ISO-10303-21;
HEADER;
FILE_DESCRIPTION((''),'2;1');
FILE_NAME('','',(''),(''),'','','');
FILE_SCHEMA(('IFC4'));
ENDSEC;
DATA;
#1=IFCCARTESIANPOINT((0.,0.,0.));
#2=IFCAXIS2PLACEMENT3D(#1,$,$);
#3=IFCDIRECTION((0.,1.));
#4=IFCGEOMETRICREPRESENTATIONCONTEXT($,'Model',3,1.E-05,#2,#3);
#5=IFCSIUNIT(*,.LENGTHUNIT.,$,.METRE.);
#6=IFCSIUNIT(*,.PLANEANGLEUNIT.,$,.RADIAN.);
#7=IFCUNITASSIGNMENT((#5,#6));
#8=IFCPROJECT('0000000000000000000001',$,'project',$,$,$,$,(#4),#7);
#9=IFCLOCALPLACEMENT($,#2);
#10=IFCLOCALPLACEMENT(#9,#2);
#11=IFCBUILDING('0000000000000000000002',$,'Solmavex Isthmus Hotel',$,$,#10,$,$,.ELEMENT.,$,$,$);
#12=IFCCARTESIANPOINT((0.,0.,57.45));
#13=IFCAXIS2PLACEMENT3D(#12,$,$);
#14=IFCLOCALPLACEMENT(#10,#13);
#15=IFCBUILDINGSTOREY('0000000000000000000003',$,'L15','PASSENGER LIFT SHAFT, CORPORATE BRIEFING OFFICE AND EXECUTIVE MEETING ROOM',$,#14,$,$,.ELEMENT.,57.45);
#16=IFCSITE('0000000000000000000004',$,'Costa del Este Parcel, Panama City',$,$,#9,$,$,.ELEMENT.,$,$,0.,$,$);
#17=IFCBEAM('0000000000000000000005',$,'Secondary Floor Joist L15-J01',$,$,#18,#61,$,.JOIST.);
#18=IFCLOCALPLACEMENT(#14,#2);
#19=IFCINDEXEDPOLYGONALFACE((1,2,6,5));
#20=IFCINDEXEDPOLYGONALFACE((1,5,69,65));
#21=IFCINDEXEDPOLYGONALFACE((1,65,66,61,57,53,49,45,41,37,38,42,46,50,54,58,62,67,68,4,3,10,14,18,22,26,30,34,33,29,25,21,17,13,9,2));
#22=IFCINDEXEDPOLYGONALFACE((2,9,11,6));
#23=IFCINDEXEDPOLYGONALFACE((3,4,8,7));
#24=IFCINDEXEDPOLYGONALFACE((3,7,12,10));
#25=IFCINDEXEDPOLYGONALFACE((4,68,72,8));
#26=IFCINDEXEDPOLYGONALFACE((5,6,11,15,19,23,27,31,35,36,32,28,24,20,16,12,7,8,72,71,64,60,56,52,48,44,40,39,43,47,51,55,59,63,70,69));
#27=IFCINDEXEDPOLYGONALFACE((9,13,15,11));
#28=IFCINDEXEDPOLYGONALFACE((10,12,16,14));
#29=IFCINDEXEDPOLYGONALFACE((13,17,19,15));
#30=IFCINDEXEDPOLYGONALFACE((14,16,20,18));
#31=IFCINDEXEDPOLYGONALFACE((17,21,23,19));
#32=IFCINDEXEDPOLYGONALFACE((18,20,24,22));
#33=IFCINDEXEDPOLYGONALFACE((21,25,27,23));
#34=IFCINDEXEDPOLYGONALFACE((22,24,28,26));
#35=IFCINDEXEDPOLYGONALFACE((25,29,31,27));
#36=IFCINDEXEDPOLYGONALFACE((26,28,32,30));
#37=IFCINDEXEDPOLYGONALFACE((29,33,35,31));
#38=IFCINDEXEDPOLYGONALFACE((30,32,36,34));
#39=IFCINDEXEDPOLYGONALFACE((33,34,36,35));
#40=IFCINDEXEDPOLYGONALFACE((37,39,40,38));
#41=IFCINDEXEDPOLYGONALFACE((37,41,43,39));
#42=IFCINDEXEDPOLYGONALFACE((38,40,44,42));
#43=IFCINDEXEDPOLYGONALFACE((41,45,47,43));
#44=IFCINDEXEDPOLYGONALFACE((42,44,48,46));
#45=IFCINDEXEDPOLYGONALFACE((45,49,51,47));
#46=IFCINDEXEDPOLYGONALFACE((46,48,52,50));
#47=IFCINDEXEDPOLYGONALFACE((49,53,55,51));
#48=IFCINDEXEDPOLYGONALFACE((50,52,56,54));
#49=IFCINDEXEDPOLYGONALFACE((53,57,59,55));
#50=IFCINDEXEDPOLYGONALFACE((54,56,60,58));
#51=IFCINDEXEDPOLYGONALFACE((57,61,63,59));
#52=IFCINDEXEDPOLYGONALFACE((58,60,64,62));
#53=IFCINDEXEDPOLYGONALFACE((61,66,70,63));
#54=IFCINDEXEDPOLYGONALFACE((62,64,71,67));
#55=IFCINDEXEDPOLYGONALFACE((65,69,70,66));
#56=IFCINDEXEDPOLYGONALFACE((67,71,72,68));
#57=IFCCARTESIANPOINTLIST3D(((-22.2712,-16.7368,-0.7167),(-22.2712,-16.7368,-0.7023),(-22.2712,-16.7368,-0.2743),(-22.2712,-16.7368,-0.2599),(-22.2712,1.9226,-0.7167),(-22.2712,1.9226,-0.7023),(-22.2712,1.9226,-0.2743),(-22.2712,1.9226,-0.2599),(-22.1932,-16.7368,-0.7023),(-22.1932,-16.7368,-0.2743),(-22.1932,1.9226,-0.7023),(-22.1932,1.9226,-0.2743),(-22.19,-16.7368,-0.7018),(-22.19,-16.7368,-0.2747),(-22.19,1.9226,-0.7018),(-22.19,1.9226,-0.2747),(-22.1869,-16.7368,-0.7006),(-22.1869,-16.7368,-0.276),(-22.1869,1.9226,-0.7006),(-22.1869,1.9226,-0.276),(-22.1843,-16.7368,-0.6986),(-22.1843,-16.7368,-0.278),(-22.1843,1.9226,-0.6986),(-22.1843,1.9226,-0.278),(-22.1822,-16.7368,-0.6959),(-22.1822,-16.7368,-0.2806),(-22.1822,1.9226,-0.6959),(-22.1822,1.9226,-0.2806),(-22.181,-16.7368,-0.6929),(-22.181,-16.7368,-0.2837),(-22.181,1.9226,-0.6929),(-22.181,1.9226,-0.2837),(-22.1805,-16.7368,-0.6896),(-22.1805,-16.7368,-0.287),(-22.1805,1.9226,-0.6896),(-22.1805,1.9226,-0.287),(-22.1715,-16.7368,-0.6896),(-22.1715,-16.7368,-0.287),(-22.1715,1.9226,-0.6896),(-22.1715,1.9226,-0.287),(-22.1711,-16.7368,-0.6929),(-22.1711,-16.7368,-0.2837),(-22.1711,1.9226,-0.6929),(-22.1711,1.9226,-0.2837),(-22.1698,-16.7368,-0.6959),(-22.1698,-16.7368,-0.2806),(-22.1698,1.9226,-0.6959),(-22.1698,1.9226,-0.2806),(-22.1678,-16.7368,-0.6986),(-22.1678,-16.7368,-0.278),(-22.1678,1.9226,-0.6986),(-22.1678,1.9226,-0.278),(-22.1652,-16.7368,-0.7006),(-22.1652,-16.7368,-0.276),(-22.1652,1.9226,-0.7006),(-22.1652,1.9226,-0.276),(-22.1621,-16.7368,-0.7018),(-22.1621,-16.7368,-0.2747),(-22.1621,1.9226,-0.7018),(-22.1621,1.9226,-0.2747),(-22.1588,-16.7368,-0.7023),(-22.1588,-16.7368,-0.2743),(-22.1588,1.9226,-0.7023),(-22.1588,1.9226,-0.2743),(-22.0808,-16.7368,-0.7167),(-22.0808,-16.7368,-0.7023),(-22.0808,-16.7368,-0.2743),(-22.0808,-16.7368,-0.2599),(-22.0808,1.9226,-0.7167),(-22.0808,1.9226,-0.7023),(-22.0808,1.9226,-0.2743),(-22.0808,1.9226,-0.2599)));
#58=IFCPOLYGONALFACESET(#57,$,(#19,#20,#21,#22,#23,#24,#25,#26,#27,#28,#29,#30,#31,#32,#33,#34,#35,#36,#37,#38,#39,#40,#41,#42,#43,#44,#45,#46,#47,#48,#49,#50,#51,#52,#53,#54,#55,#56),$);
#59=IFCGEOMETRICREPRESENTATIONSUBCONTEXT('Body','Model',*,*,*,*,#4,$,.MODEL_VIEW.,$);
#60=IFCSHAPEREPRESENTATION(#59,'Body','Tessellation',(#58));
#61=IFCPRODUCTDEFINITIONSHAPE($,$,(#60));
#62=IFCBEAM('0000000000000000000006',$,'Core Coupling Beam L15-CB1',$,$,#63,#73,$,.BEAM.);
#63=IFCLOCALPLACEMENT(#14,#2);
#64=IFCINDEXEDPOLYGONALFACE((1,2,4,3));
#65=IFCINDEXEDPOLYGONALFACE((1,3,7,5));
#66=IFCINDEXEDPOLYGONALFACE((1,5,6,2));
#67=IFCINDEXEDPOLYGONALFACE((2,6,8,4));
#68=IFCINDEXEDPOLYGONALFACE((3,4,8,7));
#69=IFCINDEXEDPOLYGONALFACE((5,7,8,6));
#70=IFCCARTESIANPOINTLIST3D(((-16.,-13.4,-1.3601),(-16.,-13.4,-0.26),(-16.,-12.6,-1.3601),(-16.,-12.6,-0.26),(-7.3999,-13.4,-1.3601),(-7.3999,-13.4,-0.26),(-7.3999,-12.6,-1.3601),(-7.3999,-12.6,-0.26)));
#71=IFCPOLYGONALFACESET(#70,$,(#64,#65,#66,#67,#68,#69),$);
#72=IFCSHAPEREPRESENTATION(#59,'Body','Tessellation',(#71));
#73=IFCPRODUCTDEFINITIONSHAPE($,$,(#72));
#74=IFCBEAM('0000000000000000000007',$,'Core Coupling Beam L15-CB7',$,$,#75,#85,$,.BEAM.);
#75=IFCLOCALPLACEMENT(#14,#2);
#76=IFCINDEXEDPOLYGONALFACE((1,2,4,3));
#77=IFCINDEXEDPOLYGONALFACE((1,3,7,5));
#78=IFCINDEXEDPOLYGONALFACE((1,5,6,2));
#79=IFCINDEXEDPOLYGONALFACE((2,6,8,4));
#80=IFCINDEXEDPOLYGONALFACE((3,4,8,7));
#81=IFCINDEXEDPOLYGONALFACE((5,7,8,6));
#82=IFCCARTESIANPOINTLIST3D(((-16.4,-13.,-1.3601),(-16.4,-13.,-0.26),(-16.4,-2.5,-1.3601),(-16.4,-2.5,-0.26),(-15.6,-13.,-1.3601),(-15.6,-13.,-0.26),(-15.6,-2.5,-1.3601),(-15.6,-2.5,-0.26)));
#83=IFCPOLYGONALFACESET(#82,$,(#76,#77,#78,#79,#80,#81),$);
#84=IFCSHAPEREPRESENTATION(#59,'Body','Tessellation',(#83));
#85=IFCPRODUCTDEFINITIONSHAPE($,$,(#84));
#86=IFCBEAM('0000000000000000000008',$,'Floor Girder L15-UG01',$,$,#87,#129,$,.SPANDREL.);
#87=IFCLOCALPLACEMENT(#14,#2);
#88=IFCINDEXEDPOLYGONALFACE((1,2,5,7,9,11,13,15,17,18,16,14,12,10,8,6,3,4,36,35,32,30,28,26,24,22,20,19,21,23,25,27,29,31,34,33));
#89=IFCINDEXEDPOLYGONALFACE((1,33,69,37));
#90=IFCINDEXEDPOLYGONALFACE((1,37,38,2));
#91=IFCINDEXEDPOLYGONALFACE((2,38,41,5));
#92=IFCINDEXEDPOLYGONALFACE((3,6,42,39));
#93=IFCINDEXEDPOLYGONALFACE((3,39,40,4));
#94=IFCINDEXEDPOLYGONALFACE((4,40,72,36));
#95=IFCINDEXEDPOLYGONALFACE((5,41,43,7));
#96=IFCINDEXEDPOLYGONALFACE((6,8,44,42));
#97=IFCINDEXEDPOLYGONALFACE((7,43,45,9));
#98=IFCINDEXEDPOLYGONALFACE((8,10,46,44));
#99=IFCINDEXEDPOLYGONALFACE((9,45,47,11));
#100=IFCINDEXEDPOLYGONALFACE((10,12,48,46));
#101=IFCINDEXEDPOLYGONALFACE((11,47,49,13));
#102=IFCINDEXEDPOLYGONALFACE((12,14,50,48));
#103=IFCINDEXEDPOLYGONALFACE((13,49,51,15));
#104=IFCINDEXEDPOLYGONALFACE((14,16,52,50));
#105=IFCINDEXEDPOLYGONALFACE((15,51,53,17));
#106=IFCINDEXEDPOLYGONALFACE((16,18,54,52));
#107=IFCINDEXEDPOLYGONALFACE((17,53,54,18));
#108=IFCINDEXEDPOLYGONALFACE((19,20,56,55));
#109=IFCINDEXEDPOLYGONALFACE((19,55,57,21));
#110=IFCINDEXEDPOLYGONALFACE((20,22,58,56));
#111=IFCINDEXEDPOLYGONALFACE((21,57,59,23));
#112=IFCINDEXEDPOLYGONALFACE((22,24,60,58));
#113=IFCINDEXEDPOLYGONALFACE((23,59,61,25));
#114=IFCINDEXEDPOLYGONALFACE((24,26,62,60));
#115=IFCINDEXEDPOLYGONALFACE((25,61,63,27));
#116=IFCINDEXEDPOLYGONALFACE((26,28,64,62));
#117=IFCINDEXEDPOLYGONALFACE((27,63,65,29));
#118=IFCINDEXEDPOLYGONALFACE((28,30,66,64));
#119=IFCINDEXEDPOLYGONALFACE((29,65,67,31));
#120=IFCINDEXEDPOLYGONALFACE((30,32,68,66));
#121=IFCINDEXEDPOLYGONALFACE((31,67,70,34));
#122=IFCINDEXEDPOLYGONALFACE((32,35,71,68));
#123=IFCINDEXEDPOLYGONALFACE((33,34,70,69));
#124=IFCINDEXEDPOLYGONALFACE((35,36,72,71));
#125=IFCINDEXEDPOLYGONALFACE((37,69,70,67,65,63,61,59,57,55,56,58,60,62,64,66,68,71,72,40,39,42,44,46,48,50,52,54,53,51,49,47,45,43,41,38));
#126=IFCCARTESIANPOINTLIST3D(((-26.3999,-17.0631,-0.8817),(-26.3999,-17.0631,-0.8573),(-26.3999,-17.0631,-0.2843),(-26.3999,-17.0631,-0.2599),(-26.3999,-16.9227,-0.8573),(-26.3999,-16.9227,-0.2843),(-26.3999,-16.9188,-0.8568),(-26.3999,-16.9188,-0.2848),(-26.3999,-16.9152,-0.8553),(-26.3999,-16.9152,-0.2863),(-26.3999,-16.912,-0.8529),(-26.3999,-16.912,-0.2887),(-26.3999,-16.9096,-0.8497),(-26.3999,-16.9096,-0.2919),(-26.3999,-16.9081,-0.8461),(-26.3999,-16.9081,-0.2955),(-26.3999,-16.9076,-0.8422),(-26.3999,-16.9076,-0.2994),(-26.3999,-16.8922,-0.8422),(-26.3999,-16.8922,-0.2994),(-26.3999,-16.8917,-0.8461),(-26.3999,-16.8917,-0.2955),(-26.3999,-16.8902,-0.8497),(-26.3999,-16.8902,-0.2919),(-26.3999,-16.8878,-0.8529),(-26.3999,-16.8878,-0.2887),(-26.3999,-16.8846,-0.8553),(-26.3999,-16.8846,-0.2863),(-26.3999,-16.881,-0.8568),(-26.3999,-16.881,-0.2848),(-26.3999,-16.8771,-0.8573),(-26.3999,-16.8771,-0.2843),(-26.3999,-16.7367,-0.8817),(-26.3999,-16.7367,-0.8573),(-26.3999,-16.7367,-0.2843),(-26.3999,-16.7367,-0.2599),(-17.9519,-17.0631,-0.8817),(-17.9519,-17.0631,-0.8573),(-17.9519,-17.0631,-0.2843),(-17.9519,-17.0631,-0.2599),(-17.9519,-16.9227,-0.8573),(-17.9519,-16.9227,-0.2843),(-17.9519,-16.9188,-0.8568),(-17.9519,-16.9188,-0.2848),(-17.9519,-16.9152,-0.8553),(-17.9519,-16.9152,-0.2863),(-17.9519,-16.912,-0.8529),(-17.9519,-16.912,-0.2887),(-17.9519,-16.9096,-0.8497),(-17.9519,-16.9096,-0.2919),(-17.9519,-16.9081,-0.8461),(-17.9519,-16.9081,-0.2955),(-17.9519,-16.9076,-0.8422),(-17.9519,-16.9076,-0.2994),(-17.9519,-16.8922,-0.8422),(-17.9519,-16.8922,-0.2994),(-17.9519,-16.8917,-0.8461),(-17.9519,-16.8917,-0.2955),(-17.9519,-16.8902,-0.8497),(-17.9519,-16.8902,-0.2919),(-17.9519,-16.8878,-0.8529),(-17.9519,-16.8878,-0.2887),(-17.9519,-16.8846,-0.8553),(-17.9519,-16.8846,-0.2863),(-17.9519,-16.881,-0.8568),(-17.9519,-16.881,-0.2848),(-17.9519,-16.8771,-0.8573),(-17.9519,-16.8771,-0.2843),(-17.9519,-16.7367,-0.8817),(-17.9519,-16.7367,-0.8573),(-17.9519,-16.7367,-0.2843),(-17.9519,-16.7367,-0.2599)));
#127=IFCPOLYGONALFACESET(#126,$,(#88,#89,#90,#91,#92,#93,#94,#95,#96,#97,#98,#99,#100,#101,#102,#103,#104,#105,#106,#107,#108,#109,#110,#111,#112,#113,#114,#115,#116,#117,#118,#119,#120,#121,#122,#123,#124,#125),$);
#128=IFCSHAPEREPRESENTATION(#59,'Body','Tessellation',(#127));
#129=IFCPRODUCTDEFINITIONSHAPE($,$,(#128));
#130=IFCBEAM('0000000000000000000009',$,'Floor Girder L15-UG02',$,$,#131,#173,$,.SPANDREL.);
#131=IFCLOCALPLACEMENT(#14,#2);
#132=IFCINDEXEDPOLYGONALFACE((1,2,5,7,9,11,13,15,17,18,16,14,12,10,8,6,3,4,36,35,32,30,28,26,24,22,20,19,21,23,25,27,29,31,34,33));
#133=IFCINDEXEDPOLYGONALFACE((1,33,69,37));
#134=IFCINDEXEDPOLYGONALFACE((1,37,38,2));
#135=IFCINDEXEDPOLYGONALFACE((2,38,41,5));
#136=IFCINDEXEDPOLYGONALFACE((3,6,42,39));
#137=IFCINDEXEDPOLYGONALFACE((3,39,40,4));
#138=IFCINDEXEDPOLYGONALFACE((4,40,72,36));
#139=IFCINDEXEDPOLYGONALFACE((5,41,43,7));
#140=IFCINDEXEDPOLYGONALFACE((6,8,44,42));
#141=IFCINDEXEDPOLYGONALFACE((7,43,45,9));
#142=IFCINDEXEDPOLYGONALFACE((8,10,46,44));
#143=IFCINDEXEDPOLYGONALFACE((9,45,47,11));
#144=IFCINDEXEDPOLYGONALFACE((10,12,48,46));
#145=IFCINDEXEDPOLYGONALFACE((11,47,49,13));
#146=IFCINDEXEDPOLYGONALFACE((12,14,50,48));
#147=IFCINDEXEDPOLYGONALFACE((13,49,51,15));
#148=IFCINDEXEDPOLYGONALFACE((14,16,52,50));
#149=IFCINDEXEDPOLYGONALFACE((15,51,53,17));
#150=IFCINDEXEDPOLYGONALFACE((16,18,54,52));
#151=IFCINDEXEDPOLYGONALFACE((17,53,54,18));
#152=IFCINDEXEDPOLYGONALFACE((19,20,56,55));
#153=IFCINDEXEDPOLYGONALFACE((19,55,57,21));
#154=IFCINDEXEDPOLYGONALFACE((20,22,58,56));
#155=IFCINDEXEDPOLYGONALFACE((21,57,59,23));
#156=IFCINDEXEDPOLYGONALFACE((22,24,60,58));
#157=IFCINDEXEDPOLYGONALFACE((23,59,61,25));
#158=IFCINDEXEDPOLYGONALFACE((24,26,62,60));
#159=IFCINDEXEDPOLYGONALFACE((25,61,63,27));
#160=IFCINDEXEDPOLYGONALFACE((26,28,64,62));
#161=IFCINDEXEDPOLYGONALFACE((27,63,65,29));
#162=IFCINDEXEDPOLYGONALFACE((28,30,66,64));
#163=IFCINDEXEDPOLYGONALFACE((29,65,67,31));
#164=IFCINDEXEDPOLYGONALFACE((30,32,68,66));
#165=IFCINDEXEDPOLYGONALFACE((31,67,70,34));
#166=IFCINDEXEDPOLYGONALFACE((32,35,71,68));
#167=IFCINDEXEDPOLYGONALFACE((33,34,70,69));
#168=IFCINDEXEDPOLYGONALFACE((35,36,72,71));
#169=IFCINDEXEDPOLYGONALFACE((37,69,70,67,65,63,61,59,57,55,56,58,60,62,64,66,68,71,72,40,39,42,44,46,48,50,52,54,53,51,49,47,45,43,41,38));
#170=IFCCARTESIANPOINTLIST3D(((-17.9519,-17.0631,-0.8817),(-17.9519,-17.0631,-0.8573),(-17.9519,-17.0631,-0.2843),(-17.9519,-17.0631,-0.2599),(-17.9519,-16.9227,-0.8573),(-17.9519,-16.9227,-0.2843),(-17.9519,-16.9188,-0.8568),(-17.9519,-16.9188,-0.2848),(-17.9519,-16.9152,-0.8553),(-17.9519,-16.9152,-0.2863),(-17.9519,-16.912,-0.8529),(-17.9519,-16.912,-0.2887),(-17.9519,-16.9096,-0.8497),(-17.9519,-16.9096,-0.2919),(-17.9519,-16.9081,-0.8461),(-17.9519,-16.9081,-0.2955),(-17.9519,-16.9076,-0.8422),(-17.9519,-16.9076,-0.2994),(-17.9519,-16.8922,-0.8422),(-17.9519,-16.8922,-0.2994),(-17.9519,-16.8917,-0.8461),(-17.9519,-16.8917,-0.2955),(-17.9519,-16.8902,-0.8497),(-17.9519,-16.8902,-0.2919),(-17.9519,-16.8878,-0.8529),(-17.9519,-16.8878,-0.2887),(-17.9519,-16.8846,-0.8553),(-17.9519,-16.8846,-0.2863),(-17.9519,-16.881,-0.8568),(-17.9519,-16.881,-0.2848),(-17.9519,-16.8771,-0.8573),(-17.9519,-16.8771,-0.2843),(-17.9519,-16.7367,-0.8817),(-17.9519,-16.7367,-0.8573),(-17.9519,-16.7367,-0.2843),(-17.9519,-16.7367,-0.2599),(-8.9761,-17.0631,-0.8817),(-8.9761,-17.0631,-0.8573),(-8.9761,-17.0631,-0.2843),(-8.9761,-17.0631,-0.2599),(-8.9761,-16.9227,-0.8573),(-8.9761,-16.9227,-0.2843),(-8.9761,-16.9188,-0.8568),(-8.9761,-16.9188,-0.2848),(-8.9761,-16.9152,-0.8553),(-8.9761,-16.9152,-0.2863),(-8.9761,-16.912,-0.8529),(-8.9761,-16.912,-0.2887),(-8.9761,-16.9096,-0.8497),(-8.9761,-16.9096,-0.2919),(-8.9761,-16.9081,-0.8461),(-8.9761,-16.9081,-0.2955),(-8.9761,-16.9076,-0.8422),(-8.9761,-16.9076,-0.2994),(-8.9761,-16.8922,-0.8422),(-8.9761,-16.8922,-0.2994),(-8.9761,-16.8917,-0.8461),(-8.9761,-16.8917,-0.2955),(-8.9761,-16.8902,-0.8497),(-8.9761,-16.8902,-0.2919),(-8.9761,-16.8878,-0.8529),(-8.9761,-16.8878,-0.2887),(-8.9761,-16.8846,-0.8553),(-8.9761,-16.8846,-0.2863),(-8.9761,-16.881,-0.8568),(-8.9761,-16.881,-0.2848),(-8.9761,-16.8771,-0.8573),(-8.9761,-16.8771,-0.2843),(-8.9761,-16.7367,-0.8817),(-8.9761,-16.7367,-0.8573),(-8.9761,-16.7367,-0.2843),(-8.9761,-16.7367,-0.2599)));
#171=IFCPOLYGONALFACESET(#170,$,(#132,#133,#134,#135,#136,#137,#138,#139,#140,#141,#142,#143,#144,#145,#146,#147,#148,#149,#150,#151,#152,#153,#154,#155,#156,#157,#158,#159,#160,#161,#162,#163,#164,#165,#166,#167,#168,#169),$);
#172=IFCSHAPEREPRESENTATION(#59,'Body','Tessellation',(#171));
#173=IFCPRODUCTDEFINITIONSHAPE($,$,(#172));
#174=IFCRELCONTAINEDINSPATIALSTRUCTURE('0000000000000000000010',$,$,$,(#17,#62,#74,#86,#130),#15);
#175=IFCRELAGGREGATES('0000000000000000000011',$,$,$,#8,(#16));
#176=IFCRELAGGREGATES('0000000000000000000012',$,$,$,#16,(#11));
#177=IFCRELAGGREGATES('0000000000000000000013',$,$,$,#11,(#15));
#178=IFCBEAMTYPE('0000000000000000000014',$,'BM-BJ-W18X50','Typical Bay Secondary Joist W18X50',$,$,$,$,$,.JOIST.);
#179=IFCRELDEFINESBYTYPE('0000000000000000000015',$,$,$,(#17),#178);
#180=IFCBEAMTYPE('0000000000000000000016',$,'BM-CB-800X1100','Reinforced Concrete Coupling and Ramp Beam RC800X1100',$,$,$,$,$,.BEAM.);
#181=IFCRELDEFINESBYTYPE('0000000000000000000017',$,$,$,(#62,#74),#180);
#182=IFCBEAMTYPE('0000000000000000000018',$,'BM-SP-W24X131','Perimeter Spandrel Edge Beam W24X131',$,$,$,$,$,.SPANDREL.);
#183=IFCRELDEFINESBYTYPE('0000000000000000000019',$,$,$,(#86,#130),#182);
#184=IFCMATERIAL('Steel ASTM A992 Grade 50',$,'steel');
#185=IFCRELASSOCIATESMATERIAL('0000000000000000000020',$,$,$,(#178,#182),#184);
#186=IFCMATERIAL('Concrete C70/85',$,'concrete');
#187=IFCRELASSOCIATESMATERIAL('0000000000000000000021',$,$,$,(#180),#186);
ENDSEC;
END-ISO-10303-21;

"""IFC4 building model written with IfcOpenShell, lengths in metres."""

from ifc_helpers import new_model, si_unit, direction, frame, origin, origin_2d, place, context, subcontext, project, spatial, rectangle, i_section, extrude, material, material_profile, profile_set, type_object, element, save


model = new_model("IFC4")

# Units and contexts
model_context = context("Model", 3, precision=1e-05, world=origin(), true_north=direction((0.0, 1.0)))
body_context = subcontext(model_context, "Body", "Model", "MODEL_VIEW")
ifc_project = project(units=[si_unit("LENGTHUNIT", "METRE"), si_unit("PLANEANGLEUNIT", "RADIAN")], contexts=[model_context])

# Site, building, storey
site_placement = place(None, origin())
site = spatial("IfcSite", under=ifc_project, at=site_placement, Name="Costa del Este Parcel, Panama City", CompositionType="ELEMENT", RefElevation=0.0)
building_placement = place(site_placement, origin())
building = spatial("IfcBuilding", under=site, at=building_placement, Name="Solmavex Isthmus Hotel", CompositionType="ELEMENT")
storey_placement = place(building_placement, frame((0.0, 0.0, 57.45)))
storey = spatial("IfcBuildingStorey", under=building, at=storey_placement, Name="L15", Description="PASSENGER LIFT SHAFT, CORPORATE BRIEFING OFFICE AND EXECUTIVE MEETING ROOM", CompositionType="ELEMENT", Elevation=57.45)

# Shared definitions
ifc_material_1 = material(Name="Concrete C70/85", Category="concrete")

# Beams
ifc_material_2 = material(Name="Steel ASTM A992 Grade 50", Category="steel")
ifc_material_profile_1 = material_profile(ifc_material_2, i_section(OverallWidth=0.1904, OverallDepth=0.4568, WebThickness=0.009, FlangeThickness=0.0144, FilletRadius=0.0127, at=origin_2d()), Name="W18X50")
ifc_profile_set_1 = profile_set([ifc_material_profile_1], Name="Steel ASTM A992 Grade 50")
beam_type_1 = type_object("IfcBeamType", Name="BM-BJ-W18X50", Description="Typical Bay Secondary Joist W18X50", PredefinedType="JOIST", material=ifc_profile_set_1)
beam_1_placement = place(storey_placement, frame((-22.176, -16.7368, -0.4883), z_axis=(0.0, 1.0, 0.0), x_axis=(-1.0, 0.0, 0.0)))
element("IfcBeam", 1, at=beam_1_placement, inside=storey, type_object=beam_type_1, Name="Secondary Floor Joist L15-J01", PredefinedType="JOIST", context=body_context, shape_type="SweptSolid", body=[
    extrude(i_section(OverallWidth=0.1904, OverallDepth=0.4568, WebThickness=0.009, FlangeThickness=0.0144, FilletRadius=0.0127, at=origin_2d()), origin(), (0.0, 0.0, 1.0), 18.6594),
])
ifc_material_profile_2 = material_profile(ifc_material_1, rectangle(XDim=0.8, YDim=1.1001, at=origin_2d()), Name="RC800X1100")
ifc_profile_set_2 = profile_set([ifc_material_profile_2], Name="Concrete C70/85")
beam_type_2 = type_object("IfcBeamType", Name="BM-CB-800X1100", Description="Reinforced Concrete Coupling and Ramp Beam RC800X1100", PredefinedType="BEAM", material=ifc_profile_set_2)
beam_2_placement = place(storey_placement, frame((-16.0, -13.0, -0.8101), z_axis=(1.0, 0.0, 0.0), x_axis=(0.0, 1.0, 0.0)))
element("IfcBeam", 2, at=beam_2_placement, inside=storey, type_object=beam_type_2, Name="Core Coupling Beam L15-CB1", PredefinedType="BEAM", context=body_context, shape_type="SweptSolid", body=[
    extrude(rectangle(XDim=0.8, YDim=1.1001, at=origin_2d()), origin(), (0.0, 0.0, 1.0), 8.6001),
])
beam_3_placement = place(storey_placement, frame((-16.0, -13.0, -0.8101), z_axis=(0.0, 1.0, 0.0), x_axis=(-1.0, 0.0, 0.0)))
element("IfcBeam", 3, at=beam_3_placement, inside=storey, type_object=beam_type_2, Name="Core Coupling Beam L15-CB7", PredefinedType="BEAM", context=body_context, shape_type="SweptSolid", body=[
    extrude(rectangle(XDim=0.8, YDim=1.1001, at=origin_2d()), origin(), (0.0, 0.0, 1.0), 10.5),
])
ifc_material_profile_3 = material_profile(ifc_material_2, i_section(OverallWidth=0.3264, OverallDepth=0.6218, WebThickness=0.0154, FlangeThickness=0.0244, FilletRadius=0.0151, at=origin_2d()), Name="W24X131")
ifc_profile_set_3 = profile_set([ifc_material_profile_3], Name="Steel ASTM A992 Grade 50")
beam_type_3 = type_object("IfcBeamType", Name="BM-SP-W24X131", Description="Perimeter Spandrel Edge Beam W24X131", PredefinedType="SPANDREL", material=ifc_profile_set_3)
beam_4_placement = place(storey_placement, frame((-26.3999, -16.8999, -0.5708), z_axis=(1.0, 0.0, 0.0), x_axis=(0.0, 1.0, 0.0)))
element("IfcBeam", 4, at=beam_4_placement, inside=storey, type_object=beam_type_3, Name="Floor Girder L15-UG01", PredefinedType="SPANDREL", context=body_context, shape_type="SweptSolid", body=[
    extrude(i_section(OverallWidth=0.3264, OverallDepth=0.6218, WebThickness=0.0154, FlangeThickness=0.0244, FilletRadius=0.0151, at=origin_2d()), origin(), (0.0, 0.0, 1.0), 8.448),
])
beam_5_placement = place(storey_placement, frame((-17.9519, -16.8999, -0.5708), z_axis=(1.0, 0.0, 0.0), x_axis=(0.0, 1.0, 0.0)))
element("IfcBeam", 5, at=beam_5_placement, inside=storey, type_object=beam_type_3, Name="Floor Girder L15-UG02", PredefinedType="SPANDREL", context=body_context, shape_type="SweptSolid", body=[
    extrude(i_section(OverallWidth=0.3264, OverallDepth=0.6218, WebThickness=0.0154, FlangeThickness=0.0244, FilletRadius=0.0151, at=origin_2d()), origin(), (0.0, 0.0, 1.0), 8.9758),
])

save(model, "model.ifc")
